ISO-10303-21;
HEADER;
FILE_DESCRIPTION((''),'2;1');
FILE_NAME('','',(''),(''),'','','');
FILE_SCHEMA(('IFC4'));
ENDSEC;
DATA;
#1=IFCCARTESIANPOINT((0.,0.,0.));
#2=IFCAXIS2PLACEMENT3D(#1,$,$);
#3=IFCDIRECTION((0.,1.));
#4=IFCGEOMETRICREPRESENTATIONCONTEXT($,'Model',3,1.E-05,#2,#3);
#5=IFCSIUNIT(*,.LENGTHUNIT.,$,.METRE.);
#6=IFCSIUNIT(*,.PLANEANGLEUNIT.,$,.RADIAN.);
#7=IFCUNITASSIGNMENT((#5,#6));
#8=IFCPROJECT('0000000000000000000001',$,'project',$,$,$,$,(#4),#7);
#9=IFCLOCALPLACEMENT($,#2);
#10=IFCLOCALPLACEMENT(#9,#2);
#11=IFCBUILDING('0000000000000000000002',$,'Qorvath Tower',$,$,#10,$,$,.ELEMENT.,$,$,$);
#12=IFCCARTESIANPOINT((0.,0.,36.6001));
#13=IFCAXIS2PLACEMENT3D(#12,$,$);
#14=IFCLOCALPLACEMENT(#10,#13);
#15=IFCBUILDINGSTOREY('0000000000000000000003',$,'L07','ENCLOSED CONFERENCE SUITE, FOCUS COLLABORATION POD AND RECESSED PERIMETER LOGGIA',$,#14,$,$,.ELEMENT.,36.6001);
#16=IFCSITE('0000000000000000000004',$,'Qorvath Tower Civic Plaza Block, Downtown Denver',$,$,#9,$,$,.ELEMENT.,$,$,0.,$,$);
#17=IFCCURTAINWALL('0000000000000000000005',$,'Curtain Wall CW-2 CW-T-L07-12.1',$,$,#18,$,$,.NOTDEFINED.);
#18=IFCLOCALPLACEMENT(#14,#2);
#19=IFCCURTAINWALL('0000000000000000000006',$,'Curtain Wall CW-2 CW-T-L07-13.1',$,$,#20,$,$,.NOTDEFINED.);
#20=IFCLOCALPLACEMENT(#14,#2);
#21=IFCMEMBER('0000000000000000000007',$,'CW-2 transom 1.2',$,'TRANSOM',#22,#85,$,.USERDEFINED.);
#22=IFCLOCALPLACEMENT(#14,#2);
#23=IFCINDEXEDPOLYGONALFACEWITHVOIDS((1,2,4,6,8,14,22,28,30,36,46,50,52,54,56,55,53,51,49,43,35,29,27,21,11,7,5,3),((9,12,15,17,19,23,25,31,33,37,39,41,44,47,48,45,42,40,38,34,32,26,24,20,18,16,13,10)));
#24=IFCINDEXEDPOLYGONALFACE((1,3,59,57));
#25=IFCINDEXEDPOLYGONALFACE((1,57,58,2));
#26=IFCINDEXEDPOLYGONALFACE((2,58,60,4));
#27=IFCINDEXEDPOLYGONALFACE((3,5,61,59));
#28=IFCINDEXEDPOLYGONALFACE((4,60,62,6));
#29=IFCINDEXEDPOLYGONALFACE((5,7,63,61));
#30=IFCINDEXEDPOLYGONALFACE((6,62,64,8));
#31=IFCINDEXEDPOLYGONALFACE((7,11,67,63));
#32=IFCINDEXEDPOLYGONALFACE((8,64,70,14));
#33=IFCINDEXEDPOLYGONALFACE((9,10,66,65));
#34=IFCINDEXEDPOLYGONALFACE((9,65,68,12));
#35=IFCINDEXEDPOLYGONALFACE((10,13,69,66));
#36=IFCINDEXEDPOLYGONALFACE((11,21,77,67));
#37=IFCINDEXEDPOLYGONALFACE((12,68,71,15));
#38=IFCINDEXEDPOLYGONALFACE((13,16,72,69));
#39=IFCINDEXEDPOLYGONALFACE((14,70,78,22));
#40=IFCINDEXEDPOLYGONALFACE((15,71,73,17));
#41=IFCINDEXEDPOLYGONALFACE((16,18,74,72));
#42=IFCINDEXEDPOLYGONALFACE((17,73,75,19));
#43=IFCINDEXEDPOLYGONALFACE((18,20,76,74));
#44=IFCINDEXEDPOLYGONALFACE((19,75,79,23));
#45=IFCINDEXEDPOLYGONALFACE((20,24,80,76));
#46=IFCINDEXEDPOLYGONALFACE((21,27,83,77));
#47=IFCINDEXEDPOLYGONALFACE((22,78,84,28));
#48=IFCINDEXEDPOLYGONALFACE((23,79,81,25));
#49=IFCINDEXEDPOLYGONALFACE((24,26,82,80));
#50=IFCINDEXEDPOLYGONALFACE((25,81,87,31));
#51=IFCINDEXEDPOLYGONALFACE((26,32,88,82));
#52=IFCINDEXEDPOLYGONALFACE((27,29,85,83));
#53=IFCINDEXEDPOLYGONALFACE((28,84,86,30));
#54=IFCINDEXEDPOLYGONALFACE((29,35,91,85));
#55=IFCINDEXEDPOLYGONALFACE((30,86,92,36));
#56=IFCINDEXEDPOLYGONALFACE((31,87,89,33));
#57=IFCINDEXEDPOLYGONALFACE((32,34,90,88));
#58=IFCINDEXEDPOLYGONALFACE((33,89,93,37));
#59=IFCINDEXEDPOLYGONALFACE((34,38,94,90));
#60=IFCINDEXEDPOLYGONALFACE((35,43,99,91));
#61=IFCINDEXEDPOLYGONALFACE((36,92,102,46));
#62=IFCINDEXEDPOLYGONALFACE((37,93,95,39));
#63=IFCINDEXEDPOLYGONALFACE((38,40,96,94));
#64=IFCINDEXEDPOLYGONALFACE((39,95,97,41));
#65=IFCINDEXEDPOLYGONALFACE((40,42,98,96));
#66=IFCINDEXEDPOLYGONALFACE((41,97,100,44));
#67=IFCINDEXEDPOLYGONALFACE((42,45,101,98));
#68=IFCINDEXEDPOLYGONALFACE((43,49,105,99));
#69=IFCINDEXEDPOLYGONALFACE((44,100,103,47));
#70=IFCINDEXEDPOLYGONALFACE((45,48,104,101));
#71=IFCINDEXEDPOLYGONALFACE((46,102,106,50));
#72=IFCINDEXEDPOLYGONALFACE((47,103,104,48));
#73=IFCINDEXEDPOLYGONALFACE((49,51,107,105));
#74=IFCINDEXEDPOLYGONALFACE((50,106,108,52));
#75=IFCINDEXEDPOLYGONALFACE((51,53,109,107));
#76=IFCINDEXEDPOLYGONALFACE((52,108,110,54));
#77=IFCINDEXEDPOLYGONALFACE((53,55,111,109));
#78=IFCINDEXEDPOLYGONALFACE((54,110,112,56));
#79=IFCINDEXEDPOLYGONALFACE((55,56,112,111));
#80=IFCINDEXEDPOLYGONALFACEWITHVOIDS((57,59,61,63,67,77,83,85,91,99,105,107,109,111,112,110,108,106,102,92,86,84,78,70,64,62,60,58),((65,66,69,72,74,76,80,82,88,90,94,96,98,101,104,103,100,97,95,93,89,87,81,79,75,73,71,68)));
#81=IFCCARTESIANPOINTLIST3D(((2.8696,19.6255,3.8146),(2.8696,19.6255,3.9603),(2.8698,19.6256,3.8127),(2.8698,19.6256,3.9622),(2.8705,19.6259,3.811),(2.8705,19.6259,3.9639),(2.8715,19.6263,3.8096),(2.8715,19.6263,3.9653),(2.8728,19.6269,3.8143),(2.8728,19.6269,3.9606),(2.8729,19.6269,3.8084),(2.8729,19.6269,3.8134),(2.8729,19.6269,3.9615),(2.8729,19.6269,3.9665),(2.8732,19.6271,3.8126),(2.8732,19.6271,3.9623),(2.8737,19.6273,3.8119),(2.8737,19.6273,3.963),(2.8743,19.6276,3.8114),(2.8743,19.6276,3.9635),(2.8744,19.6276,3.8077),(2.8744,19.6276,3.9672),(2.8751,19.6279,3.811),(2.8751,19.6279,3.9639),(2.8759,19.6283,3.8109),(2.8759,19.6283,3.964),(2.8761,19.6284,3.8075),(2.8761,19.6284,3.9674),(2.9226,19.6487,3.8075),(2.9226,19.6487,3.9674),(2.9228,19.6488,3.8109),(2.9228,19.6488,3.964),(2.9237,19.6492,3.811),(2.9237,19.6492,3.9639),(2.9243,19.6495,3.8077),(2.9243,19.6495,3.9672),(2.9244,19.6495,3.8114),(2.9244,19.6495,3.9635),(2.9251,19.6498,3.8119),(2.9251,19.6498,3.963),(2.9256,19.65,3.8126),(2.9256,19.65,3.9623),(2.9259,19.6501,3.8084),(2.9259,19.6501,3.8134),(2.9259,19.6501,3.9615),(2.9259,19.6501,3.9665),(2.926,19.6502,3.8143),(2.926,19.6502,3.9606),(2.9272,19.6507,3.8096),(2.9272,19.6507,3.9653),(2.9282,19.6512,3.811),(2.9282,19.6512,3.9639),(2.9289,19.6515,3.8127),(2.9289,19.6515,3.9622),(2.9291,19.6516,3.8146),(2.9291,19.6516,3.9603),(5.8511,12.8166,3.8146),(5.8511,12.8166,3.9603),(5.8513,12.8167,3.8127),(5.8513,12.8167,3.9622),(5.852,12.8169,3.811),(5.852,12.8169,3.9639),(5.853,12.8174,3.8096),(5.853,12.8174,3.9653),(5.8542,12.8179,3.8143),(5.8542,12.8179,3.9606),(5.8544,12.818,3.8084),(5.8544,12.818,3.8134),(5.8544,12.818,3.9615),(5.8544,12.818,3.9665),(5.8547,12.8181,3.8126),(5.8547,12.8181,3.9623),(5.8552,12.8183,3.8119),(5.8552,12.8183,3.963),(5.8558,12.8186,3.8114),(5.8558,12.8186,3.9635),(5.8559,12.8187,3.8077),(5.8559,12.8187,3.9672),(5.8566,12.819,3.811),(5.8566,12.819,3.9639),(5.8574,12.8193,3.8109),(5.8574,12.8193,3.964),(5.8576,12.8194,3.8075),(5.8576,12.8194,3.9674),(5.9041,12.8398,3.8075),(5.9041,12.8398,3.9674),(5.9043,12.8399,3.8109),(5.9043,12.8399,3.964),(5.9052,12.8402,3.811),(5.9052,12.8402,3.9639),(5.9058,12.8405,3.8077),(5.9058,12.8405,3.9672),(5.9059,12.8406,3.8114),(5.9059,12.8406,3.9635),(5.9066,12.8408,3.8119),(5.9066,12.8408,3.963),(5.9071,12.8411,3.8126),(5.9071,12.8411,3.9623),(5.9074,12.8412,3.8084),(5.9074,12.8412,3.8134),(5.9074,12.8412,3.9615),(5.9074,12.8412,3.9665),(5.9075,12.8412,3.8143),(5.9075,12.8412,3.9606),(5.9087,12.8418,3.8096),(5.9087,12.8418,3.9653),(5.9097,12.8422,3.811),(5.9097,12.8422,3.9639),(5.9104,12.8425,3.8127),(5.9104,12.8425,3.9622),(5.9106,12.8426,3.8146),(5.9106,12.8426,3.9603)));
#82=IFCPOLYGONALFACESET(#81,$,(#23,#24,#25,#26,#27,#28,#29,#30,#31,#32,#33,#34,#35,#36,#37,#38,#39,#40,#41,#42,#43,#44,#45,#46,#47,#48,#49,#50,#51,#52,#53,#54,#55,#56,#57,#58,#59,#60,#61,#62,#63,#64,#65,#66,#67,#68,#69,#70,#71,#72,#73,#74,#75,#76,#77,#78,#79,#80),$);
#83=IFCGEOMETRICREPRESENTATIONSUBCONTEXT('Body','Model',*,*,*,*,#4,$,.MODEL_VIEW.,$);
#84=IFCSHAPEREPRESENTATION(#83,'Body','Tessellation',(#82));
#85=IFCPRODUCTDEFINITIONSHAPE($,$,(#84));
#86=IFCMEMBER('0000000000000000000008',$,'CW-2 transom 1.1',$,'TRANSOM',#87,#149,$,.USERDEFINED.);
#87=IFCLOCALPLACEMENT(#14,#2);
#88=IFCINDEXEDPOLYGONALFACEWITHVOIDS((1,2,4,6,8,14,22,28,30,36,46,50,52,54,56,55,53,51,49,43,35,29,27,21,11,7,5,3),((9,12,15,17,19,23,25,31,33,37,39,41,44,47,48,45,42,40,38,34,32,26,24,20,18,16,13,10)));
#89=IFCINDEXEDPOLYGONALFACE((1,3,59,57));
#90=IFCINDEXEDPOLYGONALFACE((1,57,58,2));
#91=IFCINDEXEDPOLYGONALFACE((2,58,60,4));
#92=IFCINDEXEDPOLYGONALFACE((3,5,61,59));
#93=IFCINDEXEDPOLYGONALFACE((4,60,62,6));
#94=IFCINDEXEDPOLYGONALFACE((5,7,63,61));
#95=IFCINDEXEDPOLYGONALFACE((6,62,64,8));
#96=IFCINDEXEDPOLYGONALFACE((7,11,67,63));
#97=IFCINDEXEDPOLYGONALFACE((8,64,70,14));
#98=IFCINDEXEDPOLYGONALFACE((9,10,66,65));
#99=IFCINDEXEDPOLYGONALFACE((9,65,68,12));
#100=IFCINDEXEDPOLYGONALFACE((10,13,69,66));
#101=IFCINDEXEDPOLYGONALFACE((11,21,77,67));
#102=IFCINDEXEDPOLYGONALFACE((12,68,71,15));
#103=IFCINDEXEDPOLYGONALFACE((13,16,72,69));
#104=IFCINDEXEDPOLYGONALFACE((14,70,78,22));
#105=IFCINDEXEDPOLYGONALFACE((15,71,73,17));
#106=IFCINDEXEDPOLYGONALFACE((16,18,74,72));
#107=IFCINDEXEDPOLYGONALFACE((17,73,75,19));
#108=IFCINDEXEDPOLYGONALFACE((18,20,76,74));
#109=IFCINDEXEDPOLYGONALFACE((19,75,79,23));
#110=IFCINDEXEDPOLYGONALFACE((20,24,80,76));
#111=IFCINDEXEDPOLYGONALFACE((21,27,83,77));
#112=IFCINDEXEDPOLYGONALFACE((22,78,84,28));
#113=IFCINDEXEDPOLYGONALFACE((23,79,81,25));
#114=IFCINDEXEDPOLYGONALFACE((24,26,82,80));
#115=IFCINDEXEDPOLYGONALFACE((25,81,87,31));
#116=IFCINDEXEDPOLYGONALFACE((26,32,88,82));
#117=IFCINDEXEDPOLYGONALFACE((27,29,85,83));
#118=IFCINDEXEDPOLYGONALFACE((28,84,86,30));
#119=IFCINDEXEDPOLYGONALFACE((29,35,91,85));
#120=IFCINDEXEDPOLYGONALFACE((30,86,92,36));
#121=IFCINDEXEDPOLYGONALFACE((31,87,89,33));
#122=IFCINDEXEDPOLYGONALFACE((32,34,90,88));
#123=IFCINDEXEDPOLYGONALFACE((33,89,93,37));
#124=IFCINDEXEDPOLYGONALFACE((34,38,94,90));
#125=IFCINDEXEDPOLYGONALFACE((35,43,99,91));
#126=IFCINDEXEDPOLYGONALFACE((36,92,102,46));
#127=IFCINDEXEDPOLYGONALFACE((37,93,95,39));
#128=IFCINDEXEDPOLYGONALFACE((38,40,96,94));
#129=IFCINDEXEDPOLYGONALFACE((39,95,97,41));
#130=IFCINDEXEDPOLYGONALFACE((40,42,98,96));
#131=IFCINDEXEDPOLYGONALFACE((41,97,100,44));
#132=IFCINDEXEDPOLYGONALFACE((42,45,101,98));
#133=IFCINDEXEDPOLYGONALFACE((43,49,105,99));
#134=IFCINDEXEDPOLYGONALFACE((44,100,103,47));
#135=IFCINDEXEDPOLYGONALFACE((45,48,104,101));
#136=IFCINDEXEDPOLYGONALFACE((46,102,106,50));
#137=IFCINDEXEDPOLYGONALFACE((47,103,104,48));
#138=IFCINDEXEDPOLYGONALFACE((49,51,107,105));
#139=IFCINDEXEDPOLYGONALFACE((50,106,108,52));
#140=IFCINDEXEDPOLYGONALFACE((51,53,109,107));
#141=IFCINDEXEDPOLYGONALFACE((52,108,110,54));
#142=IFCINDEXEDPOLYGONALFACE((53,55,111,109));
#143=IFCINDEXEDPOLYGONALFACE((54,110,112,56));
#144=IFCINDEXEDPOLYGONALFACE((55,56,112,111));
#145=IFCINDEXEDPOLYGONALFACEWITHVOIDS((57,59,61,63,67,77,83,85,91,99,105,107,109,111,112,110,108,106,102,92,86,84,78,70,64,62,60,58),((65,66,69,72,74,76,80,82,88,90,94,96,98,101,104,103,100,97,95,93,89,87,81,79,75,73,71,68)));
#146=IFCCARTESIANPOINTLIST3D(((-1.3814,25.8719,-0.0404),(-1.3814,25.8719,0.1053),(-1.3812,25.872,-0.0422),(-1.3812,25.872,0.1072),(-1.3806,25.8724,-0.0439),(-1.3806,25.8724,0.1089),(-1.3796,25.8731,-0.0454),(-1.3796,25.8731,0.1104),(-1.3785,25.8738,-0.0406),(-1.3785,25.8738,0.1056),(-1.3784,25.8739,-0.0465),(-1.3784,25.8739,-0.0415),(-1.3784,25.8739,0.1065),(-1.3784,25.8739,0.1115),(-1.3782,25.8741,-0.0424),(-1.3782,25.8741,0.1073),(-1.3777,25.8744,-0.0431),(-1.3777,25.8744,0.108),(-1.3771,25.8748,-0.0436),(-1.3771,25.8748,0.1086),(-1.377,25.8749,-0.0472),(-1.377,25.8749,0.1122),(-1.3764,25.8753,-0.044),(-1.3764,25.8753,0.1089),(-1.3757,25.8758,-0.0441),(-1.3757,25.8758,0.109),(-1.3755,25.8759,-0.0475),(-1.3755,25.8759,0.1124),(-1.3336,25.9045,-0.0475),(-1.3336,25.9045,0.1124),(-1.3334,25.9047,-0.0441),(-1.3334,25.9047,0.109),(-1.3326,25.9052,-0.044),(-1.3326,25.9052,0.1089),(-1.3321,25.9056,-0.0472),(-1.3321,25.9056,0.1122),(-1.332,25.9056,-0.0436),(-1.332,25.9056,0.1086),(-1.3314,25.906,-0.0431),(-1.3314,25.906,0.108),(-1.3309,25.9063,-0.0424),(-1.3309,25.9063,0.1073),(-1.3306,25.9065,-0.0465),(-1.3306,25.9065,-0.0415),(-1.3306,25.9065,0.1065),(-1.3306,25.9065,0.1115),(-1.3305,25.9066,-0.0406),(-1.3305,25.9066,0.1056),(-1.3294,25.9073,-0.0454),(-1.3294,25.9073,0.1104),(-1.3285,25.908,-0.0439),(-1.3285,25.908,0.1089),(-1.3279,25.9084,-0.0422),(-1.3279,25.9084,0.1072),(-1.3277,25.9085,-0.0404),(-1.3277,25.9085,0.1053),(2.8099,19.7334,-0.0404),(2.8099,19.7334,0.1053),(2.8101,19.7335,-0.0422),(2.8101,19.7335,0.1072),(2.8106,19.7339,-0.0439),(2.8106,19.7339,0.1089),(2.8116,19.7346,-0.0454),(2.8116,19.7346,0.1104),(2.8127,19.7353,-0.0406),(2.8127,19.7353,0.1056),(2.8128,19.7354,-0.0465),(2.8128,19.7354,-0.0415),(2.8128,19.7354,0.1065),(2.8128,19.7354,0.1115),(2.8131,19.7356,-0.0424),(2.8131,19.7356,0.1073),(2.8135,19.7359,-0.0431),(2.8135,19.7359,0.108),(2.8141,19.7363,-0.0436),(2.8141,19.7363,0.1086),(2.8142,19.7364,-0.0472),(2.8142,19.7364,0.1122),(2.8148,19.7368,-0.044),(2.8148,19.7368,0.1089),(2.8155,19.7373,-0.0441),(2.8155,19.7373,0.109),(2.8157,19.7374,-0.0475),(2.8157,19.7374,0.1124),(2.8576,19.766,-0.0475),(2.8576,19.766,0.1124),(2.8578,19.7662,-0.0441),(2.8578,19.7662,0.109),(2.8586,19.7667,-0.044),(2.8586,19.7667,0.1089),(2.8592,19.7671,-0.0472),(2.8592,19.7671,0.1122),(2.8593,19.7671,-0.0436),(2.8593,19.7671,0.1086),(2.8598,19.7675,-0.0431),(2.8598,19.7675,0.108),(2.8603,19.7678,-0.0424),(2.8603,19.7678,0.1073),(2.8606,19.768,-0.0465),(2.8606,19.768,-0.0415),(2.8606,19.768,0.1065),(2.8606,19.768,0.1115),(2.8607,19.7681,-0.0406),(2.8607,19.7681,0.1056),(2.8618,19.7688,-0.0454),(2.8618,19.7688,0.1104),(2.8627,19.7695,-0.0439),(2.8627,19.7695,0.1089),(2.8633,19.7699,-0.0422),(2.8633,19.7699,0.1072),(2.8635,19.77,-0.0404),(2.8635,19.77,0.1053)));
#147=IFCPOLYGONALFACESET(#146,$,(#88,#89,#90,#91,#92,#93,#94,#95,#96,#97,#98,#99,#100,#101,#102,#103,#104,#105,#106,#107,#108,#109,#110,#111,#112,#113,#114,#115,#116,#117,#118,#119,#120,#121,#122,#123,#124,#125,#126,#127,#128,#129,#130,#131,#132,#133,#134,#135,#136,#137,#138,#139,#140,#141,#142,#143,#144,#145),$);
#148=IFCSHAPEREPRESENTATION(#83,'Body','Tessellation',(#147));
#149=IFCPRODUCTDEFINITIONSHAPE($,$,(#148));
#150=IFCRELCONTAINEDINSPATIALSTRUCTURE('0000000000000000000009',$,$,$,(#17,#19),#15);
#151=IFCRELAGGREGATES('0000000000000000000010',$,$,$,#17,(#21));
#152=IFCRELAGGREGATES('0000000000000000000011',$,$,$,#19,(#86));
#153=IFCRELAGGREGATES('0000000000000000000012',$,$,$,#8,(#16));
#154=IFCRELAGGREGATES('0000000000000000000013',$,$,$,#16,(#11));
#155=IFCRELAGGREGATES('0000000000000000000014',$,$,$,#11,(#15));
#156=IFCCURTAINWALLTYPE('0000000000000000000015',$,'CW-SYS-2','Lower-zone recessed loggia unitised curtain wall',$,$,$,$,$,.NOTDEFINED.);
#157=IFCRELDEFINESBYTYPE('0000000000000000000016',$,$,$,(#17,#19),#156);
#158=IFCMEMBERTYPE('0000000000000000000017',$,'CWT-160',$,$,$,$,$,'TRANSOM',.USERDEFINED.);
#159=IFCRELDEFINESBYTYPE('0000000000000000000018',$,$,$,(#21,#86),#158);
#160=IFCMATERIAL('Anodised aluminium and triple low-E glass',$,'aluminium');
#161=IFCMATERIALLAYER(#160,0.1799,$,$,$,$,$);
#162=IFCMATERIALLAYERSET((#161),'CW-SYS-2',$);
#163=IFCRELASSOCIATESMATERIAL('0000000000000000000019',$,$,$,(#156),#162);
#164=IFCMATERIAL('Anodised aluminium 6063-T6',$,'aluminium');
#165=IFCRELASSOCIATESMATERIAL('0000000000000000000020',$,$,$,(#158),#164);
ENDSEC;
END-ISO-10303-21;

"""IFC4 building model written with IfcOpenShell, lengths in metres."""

from ifc_helpers import new_model, si_unit, direction, frame, origin, origin_2d, place, context, subcontext, project, spatial, hollow_rectangle, extrude, material, layer, layer_set, material_profile, profile_set, type_object, element, aggregate, save


model = new_model("IFC4")

# Units and contexts
model_context = context("Model", 3, precision=1e-05, world=origin(), true_north=direction((0.0, 1.0)))
body_context = subcontext(model_context, "Body", "Model", "MODEL_VIEW")
ifc_project = project(units=[si_unit("LENGTHUNIT", "METRE"), si_unit("PLANEANGLEUNIT", "RADIAN")], contexts=[model_context])

# Site, building, storey
site_placement = place(None, origin())
site = spatial("IfcSite", under=ifc_project, at=site_placement, Name="Qorvath Tower Civic Plaza Block, Downtown Denver", CompositionType="ELEMENT", RefElevation=0.0)
building_placement = place(site_placement, origin())
building = spatial("IfcBuilding", under=site, at=building_placement, Name="Qorvath Tower", CompositionType="ELEMENT")
storey_placement = place(building_placement, frame((0.0, 0.0, 36.6001)))
storey = spatial("IfcBuildingStorey", under=building, at=storey_placement, Name="L07", Description="ENCLOSED CONFERENCE SUITE, FOCUS COLLABORATION POD AND RECESSED PERIMETER LOGGIA", CompositionType="ELEMENT", Elevation=36.6001)

# Shared definitions
ifc_material_1 = material(Name="Anodised aluminium and triple low-E glass", Category="aluminium")
ifc_layer_1 = layer(ifc_material_1, 0.1799)
ifc_layer_set_1 = layer_set([ifc_layer_1], Name="CW-SYS-2")
curtain_wall_type = type_object("IfcCurtainWallType", Name="CW-SYS-2", Description="Lower-zone recessed loggia unitised curtain wall", PredefinedType="NOTDEFINED", material=ifc_layer_set_1)

# Curtain walls
curtain_wall_1_placement = place(storey_placement, origin())
curtain_wall_1 = element("IfcCurtainWall", 1, at=curtain_wall_1_placement, inside=storey, type_object=curtain_wall_type, Name="Curtain Wall CW-2 CW-T-L07-12.1", PredefinedType="NOTDEFINED")
curtain_wall_2_placement = place(storey_placement, origin())
curtain_wall_2 = element("IfcCurtainWall", 2, at=curtain_wall_2_placement, inside=storey, type_object=curtain_wall_type, Name="Curtain Wall CW-2 CW-T-L07-13.1", PredefinedType="NOTDEFINED")

# Members
ifc_material_2 = material(Name="Anodised aluminium 6063-T6", Category="aluminium")
ifc_material_profile_1 = material_profile(ifc_material_2, hollow_rectangle(XDim=0.0649, YDim=0.1599, WallThickness=0.0034, InnerFilletRadius=0.0034, OuterFilletRadius=0.0071, at=origin_2d()), Name="CWT 160x65")
ifc_profile_set_1 = profile_set([ifc_material_profile_1], Name="Anodised aluminium 6063-T6")
member_type_1 = type_object("IfcMemberType", Name="CWT-160", ElementType="TRANSOM", PredefinedType="USERDEFINED", material=ifc_profile_set_1)
member_1_placement = place(storey_placement, frame((5.8809, 12.8296, 3.8875), z_axis=(-0.40111, 0.91603, 0.0), x_axis=(-0.91603, -0.40111, 0.0)))
member_1 = element("IfcMember", 3, at=member_1_placement, type_object=member_type_1, Name="CW-2 transom 1.2", ObjectType="TRANSOM", PredefinedType="USERDEFINED", context=body_context, shape_type="SweptSolid", body=[
    extrude(hollow_rectangle(XDim=0.0649, YDim=0.1599, WallThickness=0.0034, InnerFilletRadius=0.0034, OuterFilletRadius=0.0071, at=origin_2d()), origin(), (0.0, 0.0, 1.0), 7.4331),
])
member_2_placement = place(storey_placement, frame((2.8367, 19.7517, 0.0325), z_axis=(-0.563876, 0.82586, 0.0), x_axis=(-0.82586, -0.563876, 0.0)))
member_2 = element("IfcMember", 4, at=member_2_placement, type_object=member_type_1, Name="CW-2 transom 1.1", ObjectType="TRANSOM", PredefinedType="USERDEFINED", context=body_context, shape_type="SweptSolid", body=[
    extrude(hollow_rectangle(XDim=0.0649, YDim=0.1599, WallThickness=0.0034, InnerFilletRadius=0.0034, OuterFilletRadius=0.0071, at=origin_2d()), origin(), (0.0, 0.0, 1.0), 7.4329),
])

aggregate(curtain_wall_1, [member_1])
aggregate(curtain_wall_2, [member_2])

save(model, "model.ifc")
